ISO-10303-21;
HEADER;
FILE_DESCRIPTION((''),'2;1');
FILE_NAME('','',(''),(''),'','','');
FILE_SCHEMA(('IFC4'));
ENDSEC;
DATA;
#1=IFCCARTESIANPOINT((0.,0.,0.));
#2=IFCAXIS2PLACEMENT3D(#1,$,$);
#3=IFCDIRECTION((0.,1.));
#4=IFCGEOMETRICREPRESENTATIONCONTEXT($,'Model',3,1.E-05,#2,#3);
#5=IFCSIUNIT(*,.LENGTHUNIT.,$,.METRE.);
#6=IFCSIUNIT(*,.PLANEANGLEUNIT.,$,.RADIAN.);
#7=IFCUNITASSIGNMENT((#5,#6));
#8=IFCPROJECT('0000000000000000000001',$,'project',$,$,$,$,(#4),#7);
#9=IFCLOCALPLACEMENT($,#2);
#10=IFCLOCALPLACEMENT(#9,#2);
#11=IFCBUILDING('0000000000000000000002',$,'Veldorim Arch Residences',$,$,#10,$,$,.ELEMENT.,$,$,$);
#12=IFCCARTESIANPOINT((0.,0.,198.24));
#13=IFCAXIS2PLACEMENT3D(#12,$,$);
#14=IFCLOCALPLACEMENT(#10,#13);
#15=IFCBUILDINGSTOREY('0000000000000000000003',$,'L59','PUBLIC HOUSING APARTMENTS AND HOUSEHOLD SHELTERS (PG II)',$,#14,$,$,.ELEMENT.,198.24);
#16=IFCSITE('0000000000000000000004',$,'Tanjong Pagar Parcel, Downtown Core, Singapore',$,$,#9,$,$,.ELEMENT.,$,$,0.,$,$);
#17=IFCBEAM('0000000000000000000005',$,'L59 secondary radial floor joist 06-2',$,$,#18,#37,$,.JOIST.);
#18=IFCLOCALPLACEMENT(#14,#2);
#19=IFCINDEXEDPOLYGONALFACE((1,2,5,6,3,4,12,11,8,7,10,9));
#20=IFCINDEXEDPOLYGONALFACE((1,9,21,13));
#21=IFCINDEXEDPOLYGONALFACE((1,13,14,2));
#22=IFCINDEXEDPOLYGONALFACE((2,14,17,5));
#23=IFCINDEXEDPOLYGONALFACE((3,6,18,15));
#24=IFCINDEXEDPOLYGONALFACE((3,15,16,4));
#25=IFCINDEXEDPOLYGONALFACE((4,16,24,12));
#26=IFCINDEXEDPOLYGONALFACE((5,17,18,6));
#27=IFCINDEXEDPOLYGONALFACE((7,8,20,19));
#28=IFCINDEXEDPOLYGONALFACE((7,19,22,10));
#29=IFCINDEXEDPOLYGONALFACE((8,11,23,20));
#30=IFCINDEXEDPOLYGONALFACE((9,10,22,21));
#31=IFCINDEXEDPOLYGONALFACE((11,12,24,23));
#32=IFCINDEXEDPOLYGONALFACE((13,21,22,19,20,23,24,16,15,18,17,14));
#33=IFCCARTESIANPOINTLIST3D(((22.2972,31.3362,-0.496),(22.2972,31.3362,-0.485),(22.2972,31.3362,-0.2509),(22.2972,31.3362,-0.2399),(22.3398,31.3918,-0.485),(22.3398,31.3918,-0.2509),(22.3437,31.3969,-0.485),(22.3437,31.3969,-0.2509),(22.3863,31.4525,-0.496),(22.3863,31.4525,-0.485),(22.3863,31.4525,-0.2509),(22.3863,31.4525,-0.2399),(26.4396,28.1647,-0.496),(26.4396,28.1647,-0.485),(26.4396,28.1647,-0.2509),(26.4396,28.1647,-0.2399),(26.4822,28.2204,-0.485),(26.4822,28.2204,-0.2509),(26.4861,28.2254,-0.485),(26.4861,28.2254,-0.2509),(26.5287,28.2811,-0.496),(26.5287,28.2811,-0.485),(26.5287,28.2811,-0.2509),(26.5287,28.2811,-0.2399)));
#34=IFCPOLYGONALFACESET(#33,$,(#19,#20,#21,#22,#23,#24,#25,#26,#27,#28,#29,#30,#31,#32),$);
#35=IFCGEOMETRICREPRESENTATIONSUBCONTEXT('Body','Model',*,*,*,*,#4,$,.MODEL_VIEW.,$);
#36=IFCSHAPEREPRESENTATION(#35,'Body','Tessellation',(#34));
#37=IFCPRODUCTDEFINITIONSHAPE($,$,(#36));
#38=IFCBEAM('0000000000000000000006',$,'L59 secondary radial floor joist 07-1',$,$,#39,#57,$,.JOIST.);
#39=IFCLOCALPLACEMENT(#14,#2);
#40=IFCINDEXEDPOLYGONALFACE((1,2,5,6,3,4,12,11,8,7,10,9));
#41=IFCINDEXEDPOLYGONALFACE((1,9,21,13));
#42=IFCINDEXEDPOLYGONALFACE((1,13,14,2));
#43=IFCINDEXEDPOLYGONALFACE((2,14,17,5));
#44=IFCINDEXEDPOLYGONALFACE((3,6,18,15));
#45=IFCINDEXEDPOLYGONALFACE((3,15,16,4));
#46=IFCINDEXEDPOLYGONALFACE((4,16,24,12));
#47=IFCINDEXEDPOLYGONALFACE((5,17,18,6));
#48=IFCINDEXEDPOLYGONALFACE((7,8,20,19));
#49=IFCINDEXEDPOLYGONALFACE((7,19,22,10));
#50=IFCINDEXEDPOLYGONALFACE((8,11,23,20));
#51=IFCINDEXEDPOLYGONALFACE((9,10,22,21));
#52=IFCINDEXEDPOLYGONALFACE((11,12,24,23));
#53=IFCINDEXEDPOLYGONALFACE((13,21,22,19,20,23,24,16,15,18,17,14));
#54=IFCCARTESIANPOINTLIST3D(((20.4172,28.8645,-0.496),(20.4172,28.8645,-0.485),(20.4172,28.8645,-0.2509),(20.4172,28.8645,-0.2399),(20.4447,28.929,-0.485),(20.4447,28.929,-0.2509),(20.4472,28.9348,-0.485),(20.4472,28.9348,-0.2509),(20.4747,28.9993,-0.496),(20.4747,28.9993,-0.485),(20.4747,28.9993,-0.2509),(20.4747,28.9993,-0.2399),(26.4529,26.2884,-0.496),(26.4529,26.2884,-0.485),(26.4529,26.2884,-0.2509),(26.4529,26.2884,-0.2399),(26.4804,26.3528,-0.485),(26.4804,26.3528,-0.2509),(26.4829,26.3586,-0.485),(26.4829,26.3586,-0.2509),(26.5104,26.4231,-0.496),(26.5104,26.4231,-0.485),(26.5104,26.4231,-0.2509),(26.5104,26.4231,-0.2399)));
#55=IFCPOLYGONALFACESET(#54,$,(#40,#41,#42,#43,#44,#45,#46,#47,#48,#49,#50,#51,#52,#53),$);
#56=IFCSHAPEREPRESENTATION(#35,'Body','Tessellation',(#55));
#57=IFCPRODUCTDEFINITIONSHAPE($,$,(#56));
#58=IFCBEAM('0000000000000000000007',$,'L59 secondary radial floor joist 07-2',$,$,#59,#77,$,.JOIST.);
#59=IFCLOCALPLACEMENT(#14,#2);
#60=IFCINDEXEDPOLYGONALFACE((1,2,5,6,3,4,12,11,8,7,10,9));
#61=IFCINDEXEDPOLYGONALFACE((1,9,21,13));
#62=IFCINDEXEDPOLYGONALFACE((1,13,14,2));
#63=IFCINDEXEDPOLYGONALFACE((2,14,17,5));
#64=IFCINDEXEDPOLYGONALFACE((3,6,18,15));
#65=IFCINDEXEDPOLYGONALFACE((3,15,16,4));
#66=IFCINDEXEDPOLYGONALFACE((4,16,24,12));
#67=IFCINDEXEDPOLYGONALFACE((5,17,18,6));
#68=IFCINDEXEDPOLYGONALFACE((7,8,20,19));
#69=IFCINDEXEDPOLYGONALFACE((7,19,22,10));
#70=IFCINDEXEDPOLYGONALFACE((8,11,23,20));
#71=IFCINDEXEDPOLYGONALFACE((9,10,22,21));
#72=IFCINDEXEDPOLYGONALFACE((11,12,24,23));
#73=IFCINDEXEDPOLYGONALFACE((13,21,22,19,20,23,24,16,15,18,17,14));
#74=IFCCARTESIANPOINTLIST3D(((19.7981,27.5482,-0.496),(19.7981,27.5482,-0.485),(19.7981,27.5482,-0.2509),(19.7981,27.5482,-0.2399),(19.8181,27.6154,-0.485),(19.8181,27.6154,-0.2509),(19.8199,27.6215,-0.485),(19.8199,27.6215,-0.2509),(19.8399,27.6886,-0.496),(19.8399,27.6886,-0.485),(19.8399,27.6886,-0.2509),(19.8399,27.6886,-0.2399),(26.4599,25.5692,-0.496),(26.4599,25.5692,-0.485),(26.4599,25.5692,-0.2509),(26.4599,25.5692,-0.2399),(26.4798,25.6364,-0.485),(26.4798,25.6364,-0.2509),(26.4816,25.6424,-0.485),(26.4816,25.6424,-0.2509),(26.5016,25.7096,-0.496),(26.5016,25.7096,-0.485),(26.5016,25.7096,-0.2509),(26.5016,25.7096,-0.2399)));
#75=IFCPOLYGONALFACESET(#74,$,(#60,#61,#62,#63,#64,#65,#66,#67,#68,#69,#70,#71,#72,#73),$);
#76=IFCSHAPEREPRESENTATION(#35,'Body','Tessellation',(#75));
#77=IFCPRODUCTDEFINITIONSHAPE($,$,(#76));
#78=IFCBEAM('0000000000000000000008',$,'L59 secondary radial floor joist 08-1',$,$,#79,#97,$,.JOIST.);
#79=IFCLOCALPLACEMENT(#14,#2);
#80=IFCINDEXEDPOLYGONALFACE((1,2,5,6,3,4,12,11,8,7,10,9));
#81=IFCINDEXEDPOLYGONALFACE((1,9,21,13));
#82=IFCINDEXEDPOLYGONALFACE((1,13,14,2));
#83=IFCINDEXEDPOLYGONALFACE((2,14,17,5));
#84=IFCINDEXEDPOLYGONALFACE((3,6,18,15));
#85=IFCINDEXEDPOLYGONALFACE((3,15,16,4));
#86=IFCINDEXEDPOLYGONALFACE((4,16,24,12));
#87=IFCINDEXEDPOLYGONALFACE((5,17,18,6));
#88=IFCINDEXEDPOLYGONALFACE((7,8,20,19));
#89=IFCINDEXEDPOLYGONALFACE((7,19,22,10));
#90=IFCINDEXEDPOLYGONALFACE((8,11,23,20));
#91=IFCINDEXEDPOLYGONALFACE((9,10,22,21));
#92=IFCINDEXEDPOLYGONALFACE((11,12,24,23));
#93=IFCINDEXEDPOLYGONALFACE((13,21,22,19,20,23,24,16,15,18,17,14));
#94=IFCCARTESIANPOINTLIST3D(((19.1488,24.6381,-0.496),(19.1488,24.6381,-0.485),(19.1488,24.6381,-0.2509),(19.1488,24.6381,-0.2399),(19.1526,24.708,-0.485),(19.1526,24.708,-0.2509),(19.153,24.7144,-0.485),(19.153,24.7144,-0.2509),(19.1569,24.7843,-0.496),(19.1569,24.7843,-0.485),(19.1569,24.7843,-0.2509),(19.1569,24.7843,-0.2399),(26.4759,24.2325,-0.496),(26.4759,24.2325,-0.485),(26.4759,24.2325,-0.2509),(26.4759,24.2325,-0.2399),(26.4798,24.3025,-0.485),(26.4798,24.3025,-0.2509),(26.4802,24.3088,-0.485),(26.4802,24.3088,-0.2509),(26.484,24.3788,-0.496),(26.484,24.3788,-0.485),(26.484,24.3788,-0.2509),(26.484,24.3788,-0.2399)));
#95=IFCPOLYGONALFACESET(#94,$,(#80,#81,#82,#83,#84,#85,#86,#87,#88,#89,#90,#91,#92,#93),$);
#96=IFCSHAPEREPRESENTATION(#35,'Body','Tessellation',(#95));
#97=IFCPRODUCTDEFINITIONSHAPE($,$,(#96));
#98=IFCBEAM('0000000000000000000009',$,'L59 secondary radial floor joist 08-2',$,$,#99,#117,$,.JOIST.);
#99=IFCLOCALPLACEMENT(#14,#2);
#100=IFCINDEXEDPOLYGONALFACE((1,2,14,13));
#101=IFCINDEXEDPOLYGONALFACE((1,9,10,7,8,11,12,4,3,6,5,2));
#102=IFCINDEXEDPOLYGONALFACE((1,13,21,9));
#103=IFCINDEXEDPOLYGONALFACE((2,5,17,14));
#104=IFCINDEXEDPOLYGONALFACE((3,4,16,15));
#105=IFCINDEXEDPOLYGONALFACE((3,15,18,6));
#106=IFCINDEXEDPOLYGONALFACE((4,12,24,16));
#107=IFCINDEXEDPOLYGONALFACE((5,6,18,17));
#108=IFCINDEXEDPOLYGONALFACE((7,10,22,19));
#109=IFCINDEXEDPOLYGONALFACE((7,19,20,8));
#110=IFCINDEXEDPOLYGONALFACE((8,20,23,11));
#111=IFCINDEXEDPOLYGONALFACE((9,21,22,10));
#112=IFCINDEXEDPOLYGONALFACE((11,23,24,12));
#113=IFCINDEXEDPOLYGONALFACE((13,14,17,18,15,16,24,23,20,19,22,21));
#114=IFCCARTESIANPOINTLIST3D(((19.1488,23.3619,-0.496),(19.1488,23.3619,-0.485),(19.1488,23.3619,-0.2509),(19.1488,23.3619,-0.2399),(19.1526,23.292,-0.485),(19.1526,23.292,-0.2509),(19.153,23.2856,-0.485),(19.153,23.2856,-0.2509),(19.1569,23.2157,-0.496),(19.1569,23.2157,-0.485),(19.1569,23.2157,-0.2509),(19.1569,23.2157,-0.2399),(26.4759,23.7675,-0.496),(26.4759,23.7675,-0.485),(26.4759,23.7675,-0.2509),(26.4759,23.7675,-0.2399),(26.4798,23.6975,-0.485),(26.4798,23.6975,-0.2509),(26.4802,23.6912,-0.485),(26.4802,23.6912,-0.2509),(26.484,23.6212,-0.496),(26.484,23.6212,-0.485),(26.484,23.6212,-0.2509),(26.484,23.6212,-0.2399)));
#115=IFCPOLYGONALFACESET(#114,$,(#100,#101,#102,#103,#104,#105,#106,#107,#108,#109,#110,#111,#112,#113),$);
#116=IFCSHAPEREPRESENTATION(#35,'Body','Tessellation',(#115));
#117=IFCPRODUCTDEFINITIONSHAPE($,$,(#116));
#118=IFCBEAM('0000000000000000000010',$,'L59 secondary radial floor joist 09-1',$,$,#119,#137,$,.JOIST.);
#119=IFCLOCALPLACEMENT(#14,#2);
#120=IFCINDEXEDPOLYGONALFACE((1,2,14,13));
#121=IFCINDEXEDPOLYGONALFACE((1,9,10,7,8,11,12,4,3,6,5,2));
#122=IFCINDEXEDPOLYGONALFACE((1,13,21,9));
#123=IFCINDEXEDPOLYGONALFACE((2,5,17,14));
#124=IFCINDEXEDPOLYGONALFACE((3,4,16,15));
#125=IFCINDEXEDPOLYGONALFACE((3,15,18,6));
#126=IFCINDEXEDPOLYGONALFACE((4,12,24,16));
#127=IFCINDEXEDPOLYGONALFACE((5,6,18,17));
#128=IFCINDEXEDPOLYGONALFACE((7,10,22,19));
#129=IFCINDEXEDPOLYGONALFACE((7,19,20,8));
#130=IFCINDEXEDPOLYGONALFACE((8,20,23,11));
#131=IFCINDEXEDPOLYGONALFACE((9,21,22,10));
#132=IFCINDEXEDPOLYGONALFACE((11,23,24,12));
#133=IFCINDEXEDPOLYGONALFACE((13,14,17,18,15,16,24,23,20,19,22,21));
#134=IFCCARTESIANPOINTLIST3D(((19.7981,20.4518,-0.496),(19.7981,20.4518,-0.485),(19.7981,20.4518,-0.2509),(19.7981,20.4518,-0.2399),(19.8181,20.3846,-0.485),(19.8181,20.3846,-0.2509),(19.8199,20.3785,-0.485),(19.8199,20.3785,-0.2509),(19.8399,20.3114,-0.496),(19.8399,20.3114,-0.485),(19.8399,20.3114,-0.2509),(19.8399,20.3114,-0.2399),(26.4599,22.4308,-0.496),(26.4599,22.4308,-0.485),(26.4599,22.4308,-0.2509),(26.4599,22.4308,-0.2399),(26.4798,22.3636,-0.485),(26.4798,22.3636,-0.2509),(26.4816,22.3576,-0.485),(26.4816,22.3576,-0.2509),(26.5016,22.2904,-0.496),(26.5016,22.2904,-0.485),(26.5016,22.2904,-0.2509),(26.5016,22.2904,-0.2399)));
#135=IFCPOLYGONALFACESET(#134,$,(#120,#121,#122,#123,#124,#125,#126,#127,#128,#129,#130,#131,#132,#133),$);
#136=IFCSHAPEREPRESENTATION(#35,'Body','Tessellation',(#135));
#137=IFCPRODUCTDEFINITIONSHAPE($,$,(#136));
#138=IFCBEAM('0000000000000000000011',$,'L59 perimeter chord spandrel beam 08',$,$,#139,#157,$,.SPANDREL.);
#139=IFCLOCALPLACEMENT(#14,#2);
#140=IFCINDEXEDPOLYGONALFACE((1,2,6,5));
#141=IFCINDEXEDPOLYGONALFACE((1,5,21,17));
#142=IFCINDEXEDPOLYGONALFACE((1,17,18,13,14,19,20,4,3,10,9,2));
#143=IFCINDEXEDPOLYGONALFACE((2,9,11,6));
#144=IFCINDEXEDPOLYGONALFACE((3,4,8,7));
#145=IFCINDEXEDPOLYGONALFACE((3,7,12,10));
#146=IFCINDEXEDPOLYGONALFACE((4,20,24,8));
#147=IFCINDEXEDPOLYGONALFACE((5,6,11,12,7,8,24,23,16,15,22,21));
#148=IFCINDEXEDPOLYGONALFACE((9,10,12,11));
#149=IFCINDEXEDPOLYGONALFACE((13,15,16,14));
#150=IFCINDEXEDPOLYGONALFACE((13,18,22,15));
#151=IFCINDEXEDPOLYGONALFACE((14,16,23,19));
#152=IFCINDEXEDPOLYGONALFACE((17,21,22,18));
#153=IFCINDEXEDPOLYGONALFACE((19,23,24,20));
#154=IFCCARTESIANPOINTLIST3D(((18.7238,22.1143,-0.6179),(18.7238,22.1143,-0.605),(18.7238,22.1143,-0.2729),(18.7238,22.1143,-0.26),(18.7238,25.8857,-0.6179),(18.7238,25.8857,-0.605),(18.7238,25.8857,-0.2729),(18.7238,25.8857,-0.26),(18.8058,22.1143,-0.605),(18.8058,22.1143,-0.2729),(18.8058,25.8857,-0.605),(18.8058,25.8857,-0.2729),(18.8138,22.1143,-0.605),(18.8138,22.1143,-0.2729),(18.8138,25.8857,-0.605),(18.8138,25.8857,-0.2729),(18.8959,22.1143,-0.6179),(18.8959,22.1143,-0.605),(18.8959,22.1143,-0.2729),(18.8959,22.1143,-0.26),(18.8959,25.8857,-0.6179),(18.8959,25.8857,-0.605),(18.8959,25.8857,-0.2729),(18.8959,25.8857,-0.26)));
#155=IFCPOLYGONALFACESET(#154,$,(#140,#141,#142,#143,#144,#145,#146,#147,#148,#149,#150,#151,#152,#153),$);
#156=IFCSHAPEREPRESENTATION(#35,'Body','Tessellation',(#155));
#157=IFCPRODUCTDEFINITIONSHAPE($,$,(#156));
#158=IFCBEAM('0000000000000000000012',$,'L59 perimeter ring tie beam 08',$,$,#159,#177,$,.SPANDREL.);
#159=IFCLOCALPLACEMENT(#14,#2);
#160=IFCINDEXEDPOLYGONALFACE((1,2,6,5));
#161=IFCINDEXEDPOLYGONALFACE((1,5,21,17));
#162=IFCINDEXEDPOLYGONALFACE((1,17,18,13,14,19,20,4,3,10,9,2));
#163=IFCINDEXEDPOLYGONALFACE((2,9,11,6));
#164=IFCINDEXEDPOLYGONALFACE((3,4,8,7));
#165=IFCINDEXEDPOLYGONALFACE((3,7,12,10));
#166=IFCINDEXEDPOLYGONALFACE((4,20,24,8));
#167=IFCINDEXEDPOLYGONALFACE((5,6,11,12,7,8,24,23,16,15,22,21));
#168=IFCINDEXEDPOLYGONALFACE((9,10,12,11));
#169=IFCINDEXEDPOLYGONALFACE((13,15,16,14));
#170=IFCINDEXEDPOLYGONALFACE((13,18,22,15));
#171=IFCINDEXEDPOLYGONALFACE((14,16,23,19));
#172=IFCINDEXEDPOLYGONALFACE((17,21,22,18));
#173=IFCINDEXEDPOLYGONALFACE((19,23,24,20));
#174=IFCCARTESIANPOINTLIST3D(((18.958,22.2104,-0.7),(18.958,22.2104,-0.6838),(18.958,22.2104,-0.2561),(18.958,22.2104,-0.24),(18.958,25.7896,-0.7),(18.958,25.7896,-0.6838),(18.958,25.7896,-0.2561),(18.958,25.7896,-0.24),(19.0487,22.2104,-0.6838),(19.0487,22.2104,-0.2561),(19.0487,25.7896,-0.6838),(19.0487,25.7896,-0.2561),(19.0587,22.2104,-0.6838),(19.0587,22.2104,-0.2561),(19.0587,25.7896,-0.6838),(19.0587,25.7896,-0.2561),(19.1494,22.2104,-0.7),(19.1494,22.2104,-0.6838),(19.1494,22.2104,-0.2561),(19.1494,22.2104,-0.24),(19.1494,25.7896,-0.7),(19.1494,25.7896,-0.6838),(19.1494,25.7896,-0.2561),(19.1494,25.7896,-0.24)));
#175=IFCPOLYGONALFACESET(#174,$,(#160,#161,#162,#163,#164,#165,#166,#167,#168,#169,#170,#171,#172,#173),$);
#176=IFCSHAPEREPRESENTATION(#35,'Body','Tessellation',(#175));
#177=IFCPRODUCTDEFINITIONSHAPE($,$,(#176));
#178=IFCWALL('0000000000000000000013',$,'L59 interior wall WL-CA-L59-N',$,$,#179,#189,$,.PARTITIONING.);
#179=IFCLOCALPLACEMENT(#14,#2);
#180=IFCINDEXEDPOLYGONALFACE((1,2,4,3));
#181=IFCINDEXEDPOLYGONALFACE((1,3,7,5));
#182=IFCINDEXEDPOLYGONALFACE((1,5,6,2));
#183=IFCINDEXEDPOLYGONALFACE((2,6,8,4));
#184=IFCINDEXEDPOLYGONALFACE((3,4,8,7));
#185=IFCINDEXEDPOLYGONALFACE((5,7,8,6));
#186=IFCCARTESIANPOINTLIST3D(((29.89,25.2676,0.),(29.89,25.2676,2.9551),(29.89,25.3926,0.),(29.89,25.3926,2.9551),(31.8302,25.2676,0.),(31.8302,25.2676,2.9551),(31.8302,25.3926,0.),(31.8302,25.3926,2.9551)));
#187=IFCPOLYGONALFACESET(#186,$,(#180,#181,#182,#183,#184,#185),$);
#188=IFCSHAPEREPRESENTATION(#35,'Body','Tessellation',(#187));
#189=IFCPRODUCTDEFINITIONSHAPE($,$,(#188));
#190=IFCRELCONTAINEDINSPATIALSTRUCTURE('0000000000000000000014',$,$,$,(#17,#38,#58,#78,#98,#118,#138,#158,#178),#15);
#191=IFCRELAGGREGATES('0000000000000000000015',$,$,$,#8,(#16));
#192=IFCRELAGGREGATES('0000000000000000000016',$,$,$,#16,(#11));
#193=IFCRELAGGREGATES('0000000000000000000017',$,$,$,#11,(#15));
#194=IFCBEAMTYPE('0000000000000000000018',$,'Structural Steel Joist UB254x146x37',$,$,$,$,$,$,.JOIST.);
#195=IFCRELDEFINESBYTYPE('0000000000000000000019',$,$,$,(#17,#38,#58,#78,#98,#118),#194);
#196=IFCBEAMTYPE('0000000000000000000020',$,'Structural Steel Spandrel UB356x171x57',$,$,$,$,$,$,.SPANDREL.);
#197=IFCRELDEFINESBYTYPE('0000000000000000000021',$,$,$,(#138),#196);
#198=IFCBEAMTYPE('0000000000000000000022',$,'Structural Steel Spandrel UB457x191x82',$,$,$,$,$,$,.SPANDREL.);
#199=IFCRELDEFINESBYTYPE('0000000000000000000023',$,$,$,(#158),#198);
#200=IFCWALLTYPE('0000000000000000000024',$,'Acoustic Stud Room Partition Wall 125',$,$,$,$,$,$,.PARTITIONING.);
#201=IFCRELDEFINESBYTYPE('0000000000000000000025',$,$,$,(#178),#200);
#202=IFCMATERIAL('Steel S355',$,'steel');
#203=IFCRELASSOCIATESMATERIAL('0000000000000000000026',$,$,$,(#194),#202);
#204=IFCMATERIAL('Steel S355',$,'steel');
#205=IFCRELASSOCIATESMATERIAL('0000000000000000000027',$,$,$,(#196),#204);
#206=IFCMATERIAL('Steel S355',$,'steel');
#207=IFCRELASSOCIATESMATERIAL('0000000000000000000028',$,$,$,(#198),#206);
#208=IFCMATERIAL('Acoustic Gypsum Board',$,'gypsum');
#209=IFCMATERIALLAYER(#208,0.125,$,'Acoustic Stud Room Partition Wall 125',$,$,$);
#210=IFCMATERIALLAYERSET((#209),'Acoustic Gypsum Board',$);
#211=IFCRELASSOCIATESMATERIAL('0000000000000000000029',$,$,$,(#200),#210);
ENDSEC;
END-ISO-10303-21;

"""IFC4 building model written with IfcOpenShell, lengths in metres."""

from ifc_helpers import new_model, si_unit, direction, frame, frame_2d, origin, origin_2d, place, context, subcontext, project, spatial, rectangle, i_section, extrude, material, layer, layer_set, material_profile, profile_set, type_object, element, save


model = new_model("IFC4")

# Units and contexts
model_context = context("Model", 3, precision=1e-05, world=origin(), true_north=direction((0.0, 1.0)))
body_context = subcontext(model_context, "Body", "Model", "MODEL_VIEW")
ifc_project = project(units=[si_unit("LENGTHUNIT", "METRE"), si_unit("PLANEANGLEUNIT", "RADIAN")], contexts=[model_context])

# Site, building, storey
site_placement = place(None, origin())
site = spatial("IfcSite", under=ifc_project, at=site_placement, Name="Tanjong Pagar Parcel, Downtown Core, Singapore", CompositionType="ELEMENT", RefElevation=0.0)
building_placement = place(site_placement, origin())
building = spatial("IfcBuilding", under=site, at=building_placement, Name="Veldorim Arch Residences", CompositionType="ELEMENT")
storey_placement = place(building_placement, frame((0.0, 0.0, 198.24)))
storey = spatial("IfcBuildingStorey", under=building, at=storey_placement, Name="L59", Description="PUBLIC HOUSING APARTMENTS AND HOUSEHOLD SHELTERS (PG II)", CompositionType="ELEMENT", Elevation=198.24)

# Beams
ifc_material_1 = material(Name="Steel S355", Category="steel")
ifc_material_profile_1 = material_profile(ifc_material_1, i_section(OverallWidth=0.1465, OverallDepth=0.2561, WebThickness=0.0063, FlangeThickness=0.011, at=origin_2d()), Name="UB254x146x37")
ifc_profile_set_1 = profile_set([ifc_material_profile_1], Name="Steel S355")
beam_type_1 = type_object("IfcBeamType", Name="Structural Steel Joist UB254x146x37", PredefinedType="JOIST", material=ifc_profile_set_1)
beam_1_placement = place(storey_placement, frame((26.4841, 28.2229, -0.3679), z_axis=(-0.794014, 0.6079, 0.0), x_axis=(-0.6079, -0.794014, 0.0)))
element("IfcBeam", 1, at=beam_1_placement, inside=storey, type_object=beam_type_1, Name="L59 secondary radial floor joist 06-2", PredefinedType="JOIST", context=body_context, shape_type="SweptSolid", body=[
    extrude(i_section(OverallWidth=0.1465, OverallDepth=0.2561, WebThickness=0.0063, FlangeThickness=0.011, at=origin_2d()), origin(), (0.0, 0.0, 1.0), 5.217),
])
beam_2_placement = place(storey_placement, frame((26.4817, 26.3557, -0.3679), z_axis=(-0.919725, 0.392563, 0.0), x_axis=(-0.392563, -0.919725, 0.0)))
element("IfcBeam", 2, at=beam_2_placement, inside=storey, type_object=beam_type_1, Name="L59 secondary radial floor joist 07-1", PredefinedType="JOIST", context=body_context, shape_type="SweptSolid", body=[
    extrude(i_section(OverallWidth=0.1465, OverallDepth=0.2561, WebThickness=0.0063, FlangeThickness=0.011, at=origin_2d()), origin(), (0.0, 0.0, 1.0), 6.5625),
])
beam_3_placement = place(storey_placement, frame((26.4807, 25.6394, -0.3679), z_axis=(-0.958594, 0.284775, 0.0), x_axis=(-0.284775, -0.958594, 0.0)))
element("IfcBeam", 3, at=beam_3_placement, inside=storey, type_object=beam_type_1, Name="L59 secondary radial floor joist 07-2", PredefinedType="JOIST", context=body_context, shape_type="SweptSolid", body=[
    extrude(i_section(OverallWidth=0.1465, OverallDepth=0.2561, WebThickness=0.0063, FlangeThickness=0.011, at=origin_2d()), origin(), (0.0, 0.0, 1.0), 6.9495),
])
for number, where, z_axis, x_axis, name in (
    (4, (26.48, 24.3057, -0.3679), (-0.998472, 0.05526, 0.0), (-0.05526, -0.998472, 0.0), "L59 secondary radial floor joist 08-1"),
    (5, (26.48, 23.6943, -0.3679), (-0.998472, -0.05526, 0.0), (0.05526, -0.998472, 0.0), "L59 secondary radial floor joist 08-2"),
):
    element("IfcBeam", number, at=place(storey_placement, frame(where, z_axis=z_axis, x_axis=x_axis)), inside=storey, type_object=beam_type_1, Name=name, PredefinedType="JOIST", context=body_context, shape_type="SweptSolid", body=[
        extrude(i_section(OverallWidth=0.1465, OverallDepth=0.2561, WebThickness=0.0063, FlangeThickness=0.011, at=origin_2d()), origin(), (0.0, 0.0, 1.0), 7.3384),
    ])
beam_4_placement = place(storey_placement, frame((26.4807, 22.3606, -0.3679), z_axis=(-0.958594, -0.284775, 0.0), x_axis=(0.284775, -0.958594, 0.0)))
element("IfcBeam", 6, at=beam_4_placement, inside=storey, type_object=beam_type_1, Name="L59 secondary radial floor joist 09-1", PredefinedType="JOIST", context=body_context, shape_type="SweptSolid", body=[
    extrude(i_section(OverallWidth=0.1465, OverallDepth=0.2561, WebThickness=0.0063, FlangeThickness=0.011, at=origin_2d()), origin(), (0.0, 0.0, 1.0), 6.9495),
])
ifc_material_2 = material(Name="Steel S355", Category="steel")
ifc_material_profile_2 = material_profile(ifc_material_2, i_section(OverallWidth=0.1721, OverallDepth=0.3579, WebThickness=0.0081, FlangeThickness=0.0129, at=origin_2d()), Name="UB356x171x57")
ifc_profile_set_2 = profile_set([ifc_material_profile_2], Name="Steel S355")
beam_type_2 = type_object("IfcBeamType", Name="Structural Steel Spandrel UB356x171x57", PredefinedType="SPANDREL", material=ifc_profile_set_2)
beam_5_placement = place(storey_placement, frame((18.8098, 25.8857, -0.439), z_axis=(0.0, -1.0, 0.0), x_axis=(1.0, 0.0, 0.0)))
element("IfcBeam", 7, at=beam_5_placement, inside=storey, type_object=beam_type_2, Name="L59 perimeter chord spandrel beam 08", PredefinedType="SPANDREL", context=body_context, shape_type="SweptSolid", body=[
    extrude(i_section(OverallWidth=0.1721, OverallDepth=0.3579, WebThickness=0.0081, FlangeThickness=0.0129, at=origin_2d()), origin(), (0.0, 0.0, 1.0), 3.7715),
])
ifc_material_3 = material(Name="Steel S355", Category="steel")
ifc_material_profile_3 = material_profile(ifc_material_3, i_section(OverallWidth=0.1914, OverallDepth=0.46, WebThickness=0.01, FlangeThickness=0.0161, at=origin_2d()), Name="UB457x191x82")
ifc_profile_set_3 = profile_set([ifc_material_profile_3], Name="Steel S355")
beam_type_3 = type_object("IfcBeamType", Name="Structural Steel Spandrel UB457x191x82", PredefinedType="SPANDREL", material=ifc_profile_set_3)
beam_6_placement = place(storey_placement, frame((19.0537, 25.7896, -0.47), z_axis=(0.0, -1.0, 0.0), x_axis=(1.0, 0.0, 0.0)))
element("IfcBeam", 8, at=beam_6_placement, inside=storey, type_object=beam_type_3, Name="L59 perimeter ring tie beam 08", PredefinedType="SPANDREL", context=body_context, shape_type="SweptSolid", body=[
    extrude(i_section(OverallWidth=0.1914, OverallDepth=0.46, WebThickness=0.01, FlangeThickness=0.0161, at=origin_2d()), origin(), (0.0, 0.0, 1.0), 3.5791),
])

# Wall
ifc_material_4 = material(Name="Acoustic Gypsum Board", Category="gypsum")
ifc_layer_1 = layer(ifc_material_4, 0.125, Name="Acoustic Stud Room Partition Wall 125")
ifc_layer_set_1 = layer_set([ifc_layer_1], Name="Acoustic Gypsum Board")
wall_type_1 = type_object("IfcWallType", Name="Acoustic Stud Room Partition Wall 125", PredefinedType="PARTITIONING", material=ifc_layer_set_1)
wall_1_placement = place(storey_placement, frame((29.8899, 25.3301, 0.0), z_axis=(0.0, 0.0, 1.0), x_axis=(1.0, 0.0, 0.0)))
element("IfcWall", 9, at=wall_1_placement, inside=storey, type_object=wall_type_1, Name="L59 interior wall WL-CA-L59-N", PredefinedType="PARTITIONING", context=body_context, shape_type="SweptSolid", body=[
    extrude(rectangle(XDim=1.9402, YDim=0.125, at=frame_2d((0.9702, 0.0))), origin(), (0.0, 0.0, 1.0), 2.9551),
])

save(model, "model.ifc")
